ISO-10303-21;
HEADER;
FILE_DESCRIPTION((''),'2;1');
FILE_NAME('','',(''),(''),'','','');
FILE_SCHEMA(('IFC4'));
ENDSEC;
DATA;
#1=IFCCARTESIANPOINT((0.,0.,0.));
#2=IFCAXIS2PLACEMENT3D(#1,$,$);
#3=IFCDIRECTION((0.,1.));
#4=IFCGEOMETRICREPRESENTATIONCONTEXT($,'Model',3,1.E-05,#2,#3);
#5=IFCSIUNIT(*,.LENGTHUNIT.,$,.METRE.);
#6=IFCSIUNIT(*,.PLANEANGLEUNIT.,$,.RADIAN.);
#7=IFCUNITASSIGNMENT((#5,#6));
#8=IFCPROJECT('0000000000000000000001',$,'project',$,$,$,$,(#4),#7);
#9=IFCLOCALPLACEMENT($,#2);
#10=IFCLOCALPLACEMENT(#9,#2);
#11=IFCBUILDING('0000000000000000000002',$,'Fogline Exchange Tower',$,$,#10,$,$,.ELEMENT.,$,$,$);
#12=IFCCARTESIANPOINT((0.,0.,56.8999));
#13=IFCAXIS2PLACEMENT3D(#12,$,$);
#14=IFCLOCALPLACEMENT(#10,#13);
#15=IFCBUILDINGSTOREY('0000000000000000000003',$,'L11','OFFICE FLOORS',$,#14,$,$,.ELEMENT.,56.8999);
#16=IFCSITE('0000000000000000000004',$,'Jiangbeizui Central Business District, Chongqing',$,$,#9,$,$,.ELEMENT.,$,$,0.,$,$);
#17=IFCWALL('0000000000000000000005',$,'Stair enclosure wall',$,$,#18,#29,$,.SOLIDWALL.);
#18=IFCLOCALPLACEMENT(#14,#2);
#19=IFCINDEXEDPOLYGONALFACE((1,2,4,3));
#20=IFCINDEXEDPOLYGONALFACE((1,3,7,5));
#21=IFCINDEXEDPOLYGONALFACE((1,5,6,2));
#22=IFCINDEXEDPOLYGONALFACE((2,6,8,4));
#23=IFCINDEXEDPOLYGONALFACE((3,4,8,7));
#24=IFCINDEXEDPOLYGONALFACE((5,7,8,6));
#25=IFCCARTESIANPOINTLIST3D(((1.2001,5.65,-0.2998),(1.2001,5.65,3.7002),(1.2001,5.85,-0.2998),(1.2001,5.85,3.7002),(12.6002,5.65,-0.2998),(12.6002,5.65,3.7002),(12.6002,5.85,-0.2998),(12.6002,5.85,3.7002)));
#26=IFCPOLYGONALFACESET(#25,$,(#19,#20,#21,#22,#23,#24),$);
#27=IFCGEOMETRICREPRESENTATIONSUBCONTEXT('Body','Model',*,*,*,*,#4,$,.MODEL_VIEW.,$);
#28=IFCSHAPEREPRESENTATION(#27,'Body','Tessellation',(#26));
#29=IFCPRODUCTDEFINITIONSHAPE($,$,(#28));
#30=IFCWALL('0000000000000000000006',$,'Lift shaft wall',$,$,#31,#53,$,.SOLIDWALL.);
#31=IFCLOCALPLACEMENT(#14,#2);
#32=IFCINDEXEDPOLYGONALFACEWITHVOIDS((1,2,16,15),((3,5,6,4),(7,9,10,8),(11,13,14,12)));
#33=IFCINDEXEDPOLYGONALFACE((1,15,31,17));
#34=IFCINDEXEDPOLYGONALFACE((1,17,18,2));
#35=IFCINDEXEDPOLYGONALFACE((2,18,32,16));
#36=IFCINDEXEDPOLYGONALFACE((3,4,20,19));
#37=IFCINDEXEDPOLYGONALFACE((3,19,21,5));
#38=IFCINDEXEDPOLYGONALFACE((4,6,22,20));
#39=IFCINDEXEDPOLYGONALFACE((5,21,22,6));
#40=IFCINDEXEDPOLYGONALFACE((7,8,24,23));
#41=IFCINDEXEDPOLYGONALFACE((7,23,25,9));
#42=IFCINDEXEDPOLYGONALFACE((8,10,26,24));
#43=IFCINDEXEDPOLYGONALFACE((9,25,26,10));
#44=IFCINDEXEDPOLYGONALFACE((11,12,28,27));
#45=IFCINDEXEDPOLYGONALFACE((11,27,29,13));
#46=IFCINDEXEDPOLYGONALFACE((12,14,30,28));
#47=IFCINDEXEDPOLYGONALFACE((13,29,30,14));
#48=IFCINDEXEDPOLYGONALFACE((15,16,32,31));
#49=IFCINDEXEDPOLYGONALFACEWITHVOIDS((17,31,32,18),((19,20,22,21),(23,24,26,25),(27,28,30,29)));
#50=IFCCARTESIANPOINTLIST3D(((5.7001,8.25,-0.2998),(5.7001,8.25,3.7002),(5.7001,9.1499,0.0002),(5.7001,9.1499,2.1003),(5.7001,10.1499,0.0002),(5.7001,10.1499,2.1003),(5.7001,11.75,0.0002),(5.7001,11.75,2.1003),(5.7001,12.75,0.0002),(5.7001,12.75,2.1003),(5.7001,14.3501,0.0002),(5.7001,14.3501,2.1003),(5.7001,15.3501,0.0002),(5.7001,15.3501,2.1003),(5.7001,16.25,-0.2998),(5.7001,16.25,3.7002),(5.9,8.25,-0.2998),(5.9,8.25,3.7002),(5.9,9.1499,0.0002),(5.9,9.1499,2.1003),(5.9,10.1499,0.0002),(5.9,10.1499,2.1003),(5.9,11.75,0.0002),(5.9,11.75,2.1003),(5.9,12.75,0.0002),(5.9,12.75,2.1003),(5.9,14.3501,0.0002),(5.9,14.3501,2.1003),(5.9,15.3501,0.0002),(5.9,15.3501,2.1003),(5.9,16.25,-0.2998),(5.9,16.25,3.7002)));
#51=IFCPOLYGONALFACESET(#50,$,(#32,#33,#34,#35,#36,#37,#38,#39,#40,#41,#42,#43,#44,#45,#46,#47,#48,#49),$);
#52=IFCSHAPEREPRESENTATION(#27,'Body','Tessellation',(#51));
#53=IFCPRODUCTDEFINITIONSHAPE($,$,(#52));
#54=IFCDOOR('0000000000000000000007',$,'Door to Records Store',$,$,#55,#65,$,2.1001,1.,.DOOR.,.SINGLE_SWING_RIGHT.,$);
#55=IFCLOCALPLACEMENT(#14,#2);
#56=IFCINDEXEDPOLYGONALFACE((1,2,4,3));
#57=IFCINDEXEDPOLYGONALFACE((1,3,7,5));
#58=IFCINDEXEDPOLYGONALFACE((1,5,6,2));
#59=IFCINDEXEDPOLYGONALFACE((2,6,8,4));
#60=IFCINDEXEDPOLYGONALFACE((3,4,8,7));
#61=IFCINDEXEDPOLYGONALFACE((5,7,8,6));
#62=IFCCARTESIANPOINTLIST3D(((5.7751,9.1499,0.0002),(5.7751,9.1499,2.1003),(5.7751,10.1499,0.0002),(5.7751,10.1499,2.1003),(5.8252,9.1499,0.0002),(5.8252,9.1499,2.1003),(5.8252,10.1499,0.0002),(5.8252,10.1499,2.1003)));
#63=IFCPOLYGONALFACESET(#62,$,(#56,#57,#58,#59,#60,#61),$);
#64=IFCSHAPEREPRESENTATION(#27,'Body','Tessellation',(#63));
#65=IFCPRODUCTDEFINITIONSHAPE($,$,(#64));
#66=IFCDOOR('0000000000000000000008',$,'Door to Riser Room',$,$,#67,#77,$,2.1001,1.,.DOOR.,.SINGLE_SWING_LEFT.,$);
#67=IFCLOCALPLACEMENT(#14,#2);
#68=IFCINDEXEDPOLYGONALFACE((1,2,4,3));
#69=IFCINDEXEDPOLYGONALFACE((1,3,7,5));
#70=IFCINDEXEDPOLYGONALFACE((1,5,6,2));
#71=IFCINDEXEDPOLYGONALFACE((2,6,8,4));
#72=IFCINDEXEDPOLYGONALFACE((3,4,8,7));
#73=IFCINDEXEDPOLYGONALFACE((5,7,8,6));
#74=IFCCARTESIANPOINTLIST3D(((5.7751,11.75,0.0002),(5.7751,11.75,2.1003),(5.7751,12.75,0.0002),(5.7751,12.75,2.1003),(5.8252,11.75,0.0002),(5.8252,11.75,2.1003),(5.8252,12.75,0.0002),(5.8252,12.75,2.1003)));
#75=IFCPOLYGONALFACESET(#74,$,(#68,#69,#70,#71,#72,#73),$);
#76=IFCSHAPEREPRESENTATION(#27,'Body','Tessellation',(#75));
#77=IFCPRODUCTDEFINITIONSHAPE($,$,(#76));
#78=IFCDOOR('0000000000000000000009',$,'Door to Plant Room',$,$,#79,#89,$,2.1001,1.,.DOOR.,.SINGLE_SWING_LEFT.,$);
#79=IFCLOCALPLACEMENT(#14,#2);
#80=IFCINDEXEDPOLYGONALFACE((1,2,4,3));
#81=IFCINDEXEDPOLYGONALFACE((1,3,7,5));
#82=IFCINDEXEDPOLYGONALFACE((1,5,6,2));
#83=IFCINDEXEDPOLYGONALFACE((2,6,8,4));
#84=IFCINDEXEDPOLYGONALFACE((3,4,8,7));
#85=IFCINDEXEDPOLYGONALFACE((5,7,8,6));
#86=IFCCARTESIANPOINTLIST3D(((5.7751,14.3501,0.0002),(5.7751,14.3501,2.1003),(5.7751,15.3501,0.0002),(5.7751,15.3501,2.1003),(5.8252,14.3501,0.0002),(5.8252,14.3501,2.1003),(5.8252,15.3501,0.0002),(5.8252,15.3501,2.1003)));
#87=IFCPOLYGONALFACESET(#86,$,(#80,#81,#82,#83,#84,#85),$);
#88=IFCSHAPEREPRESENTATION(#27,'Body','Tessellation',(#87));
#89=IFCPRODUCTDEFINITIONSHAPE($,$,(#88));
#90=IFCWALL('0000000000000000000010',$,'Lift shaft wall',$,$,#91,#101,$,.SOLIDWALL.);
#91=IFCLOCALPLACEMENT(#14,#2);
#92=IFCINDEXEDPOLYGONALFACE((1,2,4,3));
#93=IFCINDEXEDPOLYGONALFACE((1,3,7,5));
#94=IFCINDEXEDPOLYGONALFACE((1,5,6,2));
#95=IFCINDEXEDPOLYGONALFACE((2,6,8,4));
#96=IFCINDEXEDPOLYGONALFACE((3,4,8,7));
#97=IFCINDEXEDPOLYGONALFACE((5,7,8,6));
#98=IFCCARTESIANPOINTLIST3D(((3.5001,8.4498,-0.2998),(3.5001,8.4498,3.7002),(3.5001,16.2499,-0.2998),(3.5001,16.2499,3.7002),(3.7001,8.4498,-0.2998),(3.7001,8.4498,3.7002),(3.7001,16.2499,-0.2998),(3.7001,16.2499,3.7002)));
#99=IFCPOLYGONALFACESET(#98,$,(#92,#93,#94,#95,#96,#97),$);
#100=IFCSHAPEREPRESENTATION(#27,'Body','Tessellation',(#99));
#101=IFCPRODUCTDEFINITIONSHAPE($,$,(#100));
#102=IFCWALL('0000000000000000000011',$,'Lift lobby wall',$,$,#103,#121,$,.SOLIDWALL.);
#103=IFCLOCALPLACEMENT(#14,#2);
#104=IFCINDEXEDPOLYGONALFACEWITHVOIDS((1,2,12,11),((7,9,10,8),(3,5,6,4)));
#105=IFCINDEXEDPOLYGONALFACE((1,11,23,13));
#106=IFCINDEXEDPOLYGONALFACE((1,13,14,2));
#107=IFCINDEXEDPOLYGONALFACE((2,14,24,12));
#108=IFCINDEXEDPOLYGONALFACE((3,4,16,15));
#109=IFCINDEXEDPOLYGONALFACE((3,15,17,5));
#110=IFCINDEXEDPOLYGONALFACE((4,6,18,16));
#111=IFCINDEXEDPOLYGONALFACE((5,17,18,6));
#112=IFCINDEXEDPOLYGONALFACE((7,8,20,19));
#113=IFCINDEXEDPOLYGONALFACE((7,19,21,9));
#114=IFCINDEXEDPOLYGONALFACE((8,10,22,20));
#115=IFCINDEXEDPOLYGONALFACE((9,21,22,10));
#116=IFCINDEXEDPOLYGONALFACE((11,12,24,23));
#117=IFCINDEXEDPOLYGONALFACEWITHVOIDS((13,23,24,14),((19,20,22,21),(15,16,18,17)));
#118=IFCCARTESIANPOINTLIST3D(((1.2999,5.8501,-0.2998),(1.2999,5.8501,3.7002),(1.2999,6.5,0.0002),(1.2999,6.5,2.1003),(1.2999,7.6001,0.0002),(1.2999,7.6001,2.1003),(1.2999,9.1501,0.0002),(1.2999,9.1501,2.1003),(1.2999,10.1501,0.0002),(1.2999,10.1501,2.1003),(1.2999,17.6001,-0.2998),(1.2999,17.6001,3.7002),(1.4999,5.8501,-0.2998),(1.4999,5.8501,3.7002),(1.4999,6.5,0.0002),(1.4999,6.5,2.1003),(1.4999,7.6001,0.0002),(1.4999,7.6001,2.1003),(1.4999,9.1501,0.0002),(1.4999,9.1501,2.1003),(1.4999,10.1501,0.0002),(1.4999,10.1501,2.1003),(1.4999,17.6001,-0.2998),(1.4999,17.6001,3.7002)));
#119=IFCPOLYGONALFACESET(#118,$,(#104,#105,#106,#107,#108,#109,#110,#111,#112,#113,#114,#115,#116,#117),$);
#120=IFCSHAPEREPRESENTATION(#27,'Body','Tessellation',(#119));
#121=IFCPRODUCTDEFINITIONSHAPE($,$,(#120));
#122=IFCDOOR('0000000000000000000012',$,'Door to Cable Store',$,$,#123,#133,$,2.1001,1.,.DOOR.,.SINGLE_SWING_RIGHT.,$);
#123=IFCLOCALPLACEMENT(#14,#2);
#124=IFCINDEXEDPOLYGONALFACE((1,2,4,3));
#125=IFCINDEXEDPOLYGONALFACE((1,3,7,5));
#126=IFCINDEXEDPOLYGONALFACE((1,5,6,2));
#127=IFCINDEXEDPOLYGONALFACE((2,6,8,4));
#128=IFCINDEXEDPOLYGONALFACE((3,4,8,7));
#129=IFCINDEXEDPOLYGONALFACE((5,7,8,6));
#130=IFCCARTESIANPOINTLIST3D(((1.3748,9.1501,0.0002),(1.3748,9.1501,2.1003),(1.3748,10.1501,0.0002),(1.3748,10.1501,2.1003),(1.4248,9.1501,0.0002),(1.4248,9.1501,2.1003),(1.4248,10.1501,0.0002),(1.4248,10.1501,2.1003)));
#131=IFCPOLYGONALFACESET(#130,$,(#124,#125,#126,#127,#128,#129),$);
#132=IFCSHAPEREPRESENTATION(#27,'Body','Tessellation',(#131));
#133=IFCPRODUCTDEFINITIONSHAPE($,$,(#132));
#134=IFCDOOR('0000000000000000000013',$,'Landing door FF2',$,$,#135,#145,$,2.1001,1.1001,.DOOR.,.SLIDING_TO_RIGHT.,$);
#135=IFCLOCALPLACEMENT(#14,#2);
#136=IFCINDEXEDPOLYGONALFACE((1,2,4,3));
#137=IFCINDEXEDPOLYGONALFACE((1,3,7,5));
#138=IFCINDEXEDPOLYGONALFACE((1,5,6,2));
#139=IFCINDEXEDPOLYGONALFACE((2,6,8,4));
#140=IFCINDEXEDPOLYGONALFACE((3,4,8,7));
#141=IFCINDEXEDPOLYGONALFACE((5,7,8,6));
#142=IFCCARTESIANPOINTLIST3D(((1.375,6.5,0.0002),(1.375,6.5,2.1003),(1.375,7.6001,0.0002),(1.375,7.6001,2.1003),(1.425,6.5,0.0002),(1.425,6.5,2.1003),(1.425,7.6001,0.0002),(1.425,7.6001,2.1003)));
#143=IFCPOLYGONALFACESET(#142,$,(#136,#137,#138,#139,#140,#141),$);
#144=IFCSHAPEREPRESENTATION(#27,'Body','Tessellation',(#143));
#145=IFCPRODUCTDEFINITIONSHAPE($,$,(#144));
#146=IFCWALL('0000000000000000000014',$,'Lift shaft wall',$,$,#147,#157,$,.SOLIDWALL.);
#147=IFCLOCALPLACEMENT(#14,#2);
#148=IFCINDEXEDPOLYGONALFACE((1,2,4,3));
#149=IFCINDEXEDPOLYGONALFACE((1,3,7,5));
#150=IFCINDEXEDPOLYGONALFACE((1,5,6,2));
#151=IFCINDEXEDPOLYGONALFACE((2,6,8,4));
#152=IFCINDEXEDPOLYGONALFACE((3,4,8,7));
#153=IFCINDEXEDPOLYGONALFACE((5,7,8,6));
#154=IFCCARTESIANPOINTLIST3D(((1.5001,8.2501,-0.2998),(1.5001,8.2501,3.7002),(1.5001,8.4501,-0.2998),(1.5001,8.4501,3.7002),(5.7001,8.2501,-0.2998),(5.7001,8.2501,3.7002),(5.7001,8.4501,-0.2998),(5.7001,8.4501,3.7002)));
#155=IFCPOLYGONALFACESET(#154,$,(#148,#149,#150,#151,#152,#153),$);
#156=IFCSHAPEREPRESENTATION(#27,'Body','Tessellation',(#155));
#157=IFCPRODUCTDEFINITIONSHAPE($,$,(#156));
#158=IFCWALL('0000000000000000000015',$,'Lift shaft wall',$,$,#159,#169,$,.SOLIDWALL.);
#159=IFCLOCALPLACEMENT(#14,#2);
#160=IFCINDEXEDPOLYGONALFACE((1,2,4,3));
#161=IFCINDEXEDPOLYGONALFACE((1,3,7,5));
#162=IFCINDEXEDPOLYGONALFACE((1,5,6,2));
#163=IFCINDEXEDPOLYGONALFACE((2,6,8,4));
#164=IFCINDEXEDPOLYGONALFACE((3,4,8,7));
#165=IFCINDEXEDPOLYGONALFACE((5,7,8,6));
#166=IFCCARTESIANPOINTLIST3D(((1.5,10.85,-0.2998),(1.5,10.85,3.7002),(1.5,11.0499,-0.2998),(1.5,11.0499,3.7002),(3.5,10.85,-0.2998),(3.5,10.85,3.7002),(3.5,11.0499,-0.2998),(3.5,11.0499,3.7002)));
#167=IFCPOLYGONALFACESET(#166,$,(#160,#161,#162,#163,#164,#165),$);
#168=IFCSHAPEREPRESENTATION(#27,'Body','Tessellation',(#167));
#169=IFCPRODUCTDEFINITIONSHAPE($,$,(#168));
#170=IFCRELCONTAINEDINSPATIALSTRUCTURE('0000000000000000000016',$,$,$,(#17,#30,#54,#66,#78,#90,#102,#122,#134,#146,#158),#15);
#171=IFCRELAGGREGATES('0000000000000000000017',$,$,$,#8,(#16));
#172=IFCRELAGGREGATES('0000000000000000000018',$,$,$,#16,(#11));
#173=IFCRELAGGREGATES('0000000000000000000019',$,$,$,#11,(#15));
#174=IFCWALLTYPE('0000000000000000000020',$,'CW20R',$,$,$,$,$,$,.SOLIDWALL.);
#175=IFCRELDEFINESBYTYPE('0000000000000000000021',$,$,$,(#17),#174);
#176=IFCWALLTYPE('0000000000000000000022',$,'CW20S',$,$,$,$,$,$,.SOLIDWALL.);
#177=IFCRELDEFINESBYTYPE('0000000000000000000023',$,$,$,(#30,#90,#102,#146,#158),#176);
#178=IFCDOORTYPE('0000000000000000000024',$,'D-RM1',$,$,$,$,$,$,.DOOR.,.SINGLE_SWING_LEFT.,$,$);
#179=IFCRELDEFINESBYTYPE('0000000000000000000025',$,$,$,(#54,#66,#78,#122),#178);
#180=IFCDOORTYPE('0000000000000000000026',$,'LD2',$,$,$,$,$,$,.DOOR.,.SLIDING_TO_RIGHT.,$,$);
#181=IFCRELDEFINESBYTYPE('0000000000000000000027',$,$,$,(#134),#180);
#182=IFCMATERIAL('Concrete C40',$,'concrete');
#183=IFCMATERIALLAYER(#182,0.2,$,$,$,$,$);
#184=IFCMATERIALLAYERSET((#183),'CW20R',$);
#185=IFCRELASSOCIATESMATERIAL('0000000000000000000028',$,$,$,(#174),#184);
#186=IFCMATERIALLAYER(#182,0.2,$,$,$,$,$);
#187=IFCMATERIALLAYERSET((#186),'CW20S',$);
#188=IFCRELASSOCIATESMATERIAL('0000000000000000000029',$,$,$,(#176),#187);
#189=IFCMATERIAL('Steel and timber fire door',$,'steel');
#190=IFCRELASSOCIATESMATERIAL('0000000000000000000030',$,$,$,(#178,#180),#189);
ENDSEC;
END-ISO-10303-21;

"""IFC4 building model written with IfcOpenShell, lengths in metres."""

from ifc_helpers import new_model, si_unit, direction, frame, frame_2d, origin, place, context, subcontext, project, spatial, rectangle, extrude, material, layer, layer_set, type_object, element, fill, save


model = new_model("IFC4")

# Units and contexts
model_context = context("Model", 3, precision=1e-05, world=origin(), true_north=direction((0.0, 1.0)))
body_context = subcontext(model_context, "Body", "Model", "MODEL_VIEW")
ifc_project = project(units=[si_unit("LENGTHUNIT", "METRE"), si_unit("PLANEANGLEUNIT", "RADIAN")], contexts=[model_context])

# Site, building, storey
site_placement = place(None, origin())
site = spatial("IfcSite", under=ifc_project, at=site_placement, Name="Jiangbeizui Central Business District, Chongqing", CompositionType="ELEMENT", RefElevation=0.0)
building_placement = place(site_placement, origin())
building = spatial("IfcBuilding", under=site, at=building_placement, Name="Fogline Exchange Tower", CompositionType="ELEMENT")
storey_placement = place(building_placement, frame((0.0, 0.0, 56.8999)))
storey = spatial("IfcBuildingStorey", under=building, at=storey_placement, Name="L11", Description="OFFICE FLOORS", CompositionType="ELEMENT", Elevation=56.8999)

# Shared definitions
ifc_material_1 = material(Name="Concrete C40", Category="concrete")

# Shared definitions
ifc_material_2 = material(Name="Steel and timber fire door", Category="steel")

# Wall
ifc_layer_1 = layer(ifc_material_1, 0.2)
ifc_layer_set_1 = layer_set([ifc_layer_1], Name="CW20R")
wall_type_1 = type_object("IfcWallType", Name="CW20R", PredefinedType="SOLIDWALL", material=ifc_layer_set_1)
wall_1_placement = place(storey_placement, frame((1.2, 5.75, -0.2998), z_axis=(0.0, 0.0, 1.0), x_axis=(1.0, 0.0, 0.0)))
element("IfcWall", 1, at=wall_1_placement, inside=storey, type_object=wall_type_1, Name="Stair enclosure wall", PredefinedType="SOLIDWALL", context=body_context, shape_type="SweptSolid", body=[
    extrude(rectangle(XDim=11.4001, YDim=0.2, at=frame_2d((5.7002, 0.0))), origin(), (0.0, 0.0, 1.0), 4.0),
])

# Wall, openings, doors
ifc_layer_2 = layer(ifc_material_1, 0.2)
ifc_layer_set_2 = layer_set([ifc_layer_2], Name="CW20S")
wall_type_2 = type_object("IfcWallType", Name="CW20S", PredefinedType="SOLIDWALL", material=ifc_layer_set_2)
wall_2_placement = place(storey_placement, frame((5.8, 8.25, -0.2998), z_axis=(0.0, 0.0, 1.0), x_axis=(0.0, 1.0, 0.0)))
wall_2 = element("IfcWall", 2, at=wall_2_placement, inside=storey, type_object=wall_type_2, Name="Lift shaft wall", PredefinedType="SOLIDWALL", context=body_context, shape_type="SweptSolid", body=[
    extrude(rectangle(XDim=8.0, YDim=0.2, at=frame_2d((4.0, 0.0))), origin(), (0.0, 0.0, 1.0), 4.0),
])
opening_1_placement = place(wall_2_placement, frame((0.8999, 0.0, 0.3)))
opening_1 = element("IfcOpeningElement", 3, at=opening_1_placement, cuts=wall_2, PredefinedType="OPENING", context=body_context, shape_type="SweptSolid", body=[
    extrude(rectangle(XDim=1.0, YDim=2.1001, at=frame_2d((0.5, 1.05))), frame((0.0, 0.1099, 0.0), z_axis=(0.0, -1.0, 0.0), x_axis=(1.0, 0.0, 0.0)), (0.0, 0.0, 1.0), 0.22),
])
opening_2_placement = place(wall_2_placement, frame((3.5, 0.0, 0.3)))
opening_2 = element("IfcOpeningElement", 4, at=opening_2_placement, cuts=wall_2, PredefinedType="OPENING", context=body_context, shape_type="SweptSolid", body=[
    extrude(rectangle(XDim=1.0, YDim=2.1001, at=frame_2d((0.5, 1.05))), frame((0.0, 0.1099, 0.0), z_axis=(0.0, -1.0, 0.0), x_axis=(1.0, 0.0, 0.0)), (0.0, 0.0, 1.0), 0.22),
])
opening_3_placement = place(wall_2_placement, frame((6.1001, 0.0, 0.3)))
opening_3 = element("IfcOpeningElement", 5, at=opening_3_placement, cuts=wall_2, PredefinedType="OPENING", context=body_context, shape_type="SweptSolid", body=[
    extrude(rectangle(XDim=1.0, YDim=2.1001, at=frame_2d((0.5, 1.05))), frame((0.0, 0.1099, 0.0), z_axis=(0.0, -1.0, 0.0), x_axis=(1.0, 0.0, 0.0)), (0.0, 0.0, 1.0), 0.22),
])
door_type_1 = type_object("IfcDoorType", Name="D-RM1", OperationType="SINGLE_SWING_LEFT", PredefinedType="DOOR", material=ifc_material_2)
door_1_placement = place(opening_1_placement, origin())
door_1 = element("IfcDoor", 6, at=door_1_placement, inside=storey, type_object=door_type_1, Name="Door to Records Store", OperationType="SINGLE_SWING_RIGHT", OverallHeight=2.1001, OverallWidth=1.0, PredefinedType="DOOR", context=body_context, shape_type="SweptSolid", body=[
    extrude(rectangle(XDim=1.0, YDim=2.1001, at=frame_2d((0.5, 1.05))), frame((0.0, 0.0249, 0.0), z_axis=(0.0, -1.0, 0.0), x_axis=(1.0, 0.0, 0.0)), (0.0, 0.0, 1.0), 0.05),
])
fill(opening_1, door_1)
door_2_placement = place(opening_2_placement, origin())
door_2 = element("IfcDoor", 7, at=door_2_placement, inside=storey, type_object=door_type_1, Name="Door to Riser Room", OperationType="SINGLE_SWING_LEFT", OverallHeight=2.1001, OverallWidth=1.0, PredefinedType="DOOR", context=body_context, shape_type="SweptSolid", body=[
    extrude(rectangle(XDim=1.0, YDim=2.1001, at=frame_2d((0.5, 1.05))), frame((0.0, 0.0249, 0.0), z_axis=(0.0, -1.0, 0.0), x_axis=(1.0, 0.0, 0.0)), (0.0, 0.0, 1.0), 0.05),
])
fill(opening_2, door_2)
door_3_placement = place(opening_3_placement, origin())
door_3 = element("IfcDoor", 8, at=door_3_placement, inside=storey, type_object=door_type_1, Name="Door to Plant Room", OperationType="SINGLE_SWING_LEFT", OverallHeight=2.1001, OverallWidth=1.0, PredefinedType="DOOR", context=body_context, shape_type="SweptSolid", body=[
    extrude(rectangle(XDim=1.0, YDim=2.1001, at=frame_2d((0.5, 1.05))), frame((0.0, 0.0249, 0.0), z_axis=(0.0, -1.0, 0.0), x_axis=(1.0, 0.0, 0.0)), (0.0, 0.0, 1.0), 0.05),
])
fill(opening_3, door_3)

# Wall
wall_3_placement = place(storey_placement, frame((3.6001, 8.45, -0.2998), z_axis=(0.0, 0.0, 1.0), x_axis=(0.0, 1.0, 0.0)))
element("IfcWall", 9, at=wall_3_placement, inside=storey, type_object=wall_type_2, Name="Lift shaft wall", PredefinedType="SOLIDWALL", context=body_context, shape_type="SweptSolid", body=[
    extrude(rectangle(XDim=7.8, YDim=0.2, at=frame_2d((3.8999, 0.0))), origin(), (0.0, 0.0, 1.0), 4.0),
])

# Wall, openings, doors
wall_4_placement = place(storey_placement, frame((1.3999, 5.8501, -0.2998), z_axis=(0.0, 0.0, 1.0), x_axis=(0.0, 1.0, 0.0)))
wall_4 = element("IfcWall", 10, at=wall_4_placement, inside=storey, type_object=wall_type_2, Name="Lift lobby wall", PredefinedType="SOLIDWALL", context=body_context, shape_type="SweptSolid", body=[
    extrude(rectangle(XDim=11.75, YDim=0.2, at=frame_2d((5.875, 0.0))), origin(), (0.0, 0.0, 1.0), 4.0),
])
opening_4_placement = place(wall_4_placement, frame((0.6499, 0.0, 0.3)))
opening_4 = element("IfcOpeningElement", 11, at=opening_4_placement, cuts=wall_4, PredefinedType="OPENING", context=body_context, shape_type="SweptSolid", body=[
    extrude(rectangle(XDim=1.1001, YDim=2.1001, at=frame_2d((0.55, 1.05))), frame((0.0, 0.1099, 0.0), z_axis=(0.0, -1.0, 0.0), x_axis=(1.0, 0.0, 0.0)), (0.0, 0.0, 1.0), 0.22),
])
opening_5_placement = place(wall_4_placement, frame((3.3, 0.0, 0.3)))
opening_5 = element("IfcOpeningElement", 12, at=opening_5_placement, cuts=wall_4, PredefinedType="OPENING", context=body_context, shape_type="SweptSolid", body=[
    extrude(rectangle(XDim=1.0, YDim=2.1001, at=frame_2d((0.5, 1.05))), frame((0.0, 0.1099, 0.0), z_axis=(0.0, -1.0, 0.0), x_axis=(1.0, 0.0, 0.0)), (0.0, 0.0, 1.0), 0.22),
])
door_4_placement = place(opening_5_placement, frame((1.0, 0.0, 0.0), z_axis=(0.0, 0.0, 1.0), x_axis=(-1.0, 0.0, 0.0)))
door_4 = element("IfcDoor", 13, at=door_4_placement, inside=storey, type_object=door_type_1, Name="Door to Cable Store", OperationType="SINGLE_SWING_RIGHT", OverallHeight=2.1001, OverallWidth=1.0, PredefinedType="DOOR", context=body_context, shape_type="SweptSolid", body=[
    extrude(rectangle(XDim=1.0, YDim=2.1001, at=frame_2d((0.5, 1.05))), frame((0.0, 0.0249, 0.0), z_axis=(0.0, -1.0, 0.0), x_axis=(1.0, 0.0, 0.0)), (0.0, 0.0, 1.0), 0.05),
])
fill(opening_5, door_4)
door_type_2 = type_object("IfcDoorType", Name="LD2", OperationType="SLIDING_TO_RIGHT", PredefinedType="DOOR", material=ifc_material_2)
door_5_placement = place(opening_4_placement, origin())
door_5 = element("IfcDoor", 14, at=door_5_placement, inside=storey, type_object=door_type_2, Name="Landing door FF2", OperationType="SLIDING_TO_RIGHT", OverallHeight=2.1001, OverallWidth=1.1001, PredefinedType="DOOR", context=body_context, shape_type="SweptSolid", body=[
    extrude(rectangle(XDim=1.1001, YDim=2.1001, at=frame_2d((0.55, 1.05))), frame((0.0, 0.0249, 0.0), z_axis=(0.0, -1.0, 0.0), x_axis=(1.0, 0.0, 0.0)), (0.0, 0.0, 1.0), 0.05),
])
fill(opening_4, door_5)

# Walls
wall_5_placement = place(storey_placement, frame((1.5, 8.3501, -0.2998), z_axis=(0.0, 0.0, 1.0), x_axis=(1.0, 0.0, 0.0)))
element("IfcWall", 15, at=wall_5_placement, inside=storey, type_object=wall_type_2, Name="Lift shaft wall", PredefinedType="SOLIDWALL", context=body_context, shape_type="SweptSolid", body=[
    extrude(rectangle(XDim=4.2, YDim=0.2, at=frame_2d((2.1001, 0.0))), origin(), (0.0, 0.0, 1.0), 4.0),
])
wall_6_placement = place(storey_placement, frame((1.5, 10.95, -0.2998), z_axis=(0.0, 0.0, 1.0), x_axis=(1.0, 0.0, 0.0)))
element("IfcWall", 16, at=wall_6_placement, inside=storey, type_object=wall_type_2, Name="Lift shaft wall", PredefinedType="SOLIDWALL", context=body_context, shape_type="SweptSolid", body=[
    extrude(rectangle(XDim=2.0, YDim=0.2, at=frame_2d((1.0, 0.0))), origin(), (0.0, 0.0, 1.0), 4.0),
])

save(model, "model.ifc")
